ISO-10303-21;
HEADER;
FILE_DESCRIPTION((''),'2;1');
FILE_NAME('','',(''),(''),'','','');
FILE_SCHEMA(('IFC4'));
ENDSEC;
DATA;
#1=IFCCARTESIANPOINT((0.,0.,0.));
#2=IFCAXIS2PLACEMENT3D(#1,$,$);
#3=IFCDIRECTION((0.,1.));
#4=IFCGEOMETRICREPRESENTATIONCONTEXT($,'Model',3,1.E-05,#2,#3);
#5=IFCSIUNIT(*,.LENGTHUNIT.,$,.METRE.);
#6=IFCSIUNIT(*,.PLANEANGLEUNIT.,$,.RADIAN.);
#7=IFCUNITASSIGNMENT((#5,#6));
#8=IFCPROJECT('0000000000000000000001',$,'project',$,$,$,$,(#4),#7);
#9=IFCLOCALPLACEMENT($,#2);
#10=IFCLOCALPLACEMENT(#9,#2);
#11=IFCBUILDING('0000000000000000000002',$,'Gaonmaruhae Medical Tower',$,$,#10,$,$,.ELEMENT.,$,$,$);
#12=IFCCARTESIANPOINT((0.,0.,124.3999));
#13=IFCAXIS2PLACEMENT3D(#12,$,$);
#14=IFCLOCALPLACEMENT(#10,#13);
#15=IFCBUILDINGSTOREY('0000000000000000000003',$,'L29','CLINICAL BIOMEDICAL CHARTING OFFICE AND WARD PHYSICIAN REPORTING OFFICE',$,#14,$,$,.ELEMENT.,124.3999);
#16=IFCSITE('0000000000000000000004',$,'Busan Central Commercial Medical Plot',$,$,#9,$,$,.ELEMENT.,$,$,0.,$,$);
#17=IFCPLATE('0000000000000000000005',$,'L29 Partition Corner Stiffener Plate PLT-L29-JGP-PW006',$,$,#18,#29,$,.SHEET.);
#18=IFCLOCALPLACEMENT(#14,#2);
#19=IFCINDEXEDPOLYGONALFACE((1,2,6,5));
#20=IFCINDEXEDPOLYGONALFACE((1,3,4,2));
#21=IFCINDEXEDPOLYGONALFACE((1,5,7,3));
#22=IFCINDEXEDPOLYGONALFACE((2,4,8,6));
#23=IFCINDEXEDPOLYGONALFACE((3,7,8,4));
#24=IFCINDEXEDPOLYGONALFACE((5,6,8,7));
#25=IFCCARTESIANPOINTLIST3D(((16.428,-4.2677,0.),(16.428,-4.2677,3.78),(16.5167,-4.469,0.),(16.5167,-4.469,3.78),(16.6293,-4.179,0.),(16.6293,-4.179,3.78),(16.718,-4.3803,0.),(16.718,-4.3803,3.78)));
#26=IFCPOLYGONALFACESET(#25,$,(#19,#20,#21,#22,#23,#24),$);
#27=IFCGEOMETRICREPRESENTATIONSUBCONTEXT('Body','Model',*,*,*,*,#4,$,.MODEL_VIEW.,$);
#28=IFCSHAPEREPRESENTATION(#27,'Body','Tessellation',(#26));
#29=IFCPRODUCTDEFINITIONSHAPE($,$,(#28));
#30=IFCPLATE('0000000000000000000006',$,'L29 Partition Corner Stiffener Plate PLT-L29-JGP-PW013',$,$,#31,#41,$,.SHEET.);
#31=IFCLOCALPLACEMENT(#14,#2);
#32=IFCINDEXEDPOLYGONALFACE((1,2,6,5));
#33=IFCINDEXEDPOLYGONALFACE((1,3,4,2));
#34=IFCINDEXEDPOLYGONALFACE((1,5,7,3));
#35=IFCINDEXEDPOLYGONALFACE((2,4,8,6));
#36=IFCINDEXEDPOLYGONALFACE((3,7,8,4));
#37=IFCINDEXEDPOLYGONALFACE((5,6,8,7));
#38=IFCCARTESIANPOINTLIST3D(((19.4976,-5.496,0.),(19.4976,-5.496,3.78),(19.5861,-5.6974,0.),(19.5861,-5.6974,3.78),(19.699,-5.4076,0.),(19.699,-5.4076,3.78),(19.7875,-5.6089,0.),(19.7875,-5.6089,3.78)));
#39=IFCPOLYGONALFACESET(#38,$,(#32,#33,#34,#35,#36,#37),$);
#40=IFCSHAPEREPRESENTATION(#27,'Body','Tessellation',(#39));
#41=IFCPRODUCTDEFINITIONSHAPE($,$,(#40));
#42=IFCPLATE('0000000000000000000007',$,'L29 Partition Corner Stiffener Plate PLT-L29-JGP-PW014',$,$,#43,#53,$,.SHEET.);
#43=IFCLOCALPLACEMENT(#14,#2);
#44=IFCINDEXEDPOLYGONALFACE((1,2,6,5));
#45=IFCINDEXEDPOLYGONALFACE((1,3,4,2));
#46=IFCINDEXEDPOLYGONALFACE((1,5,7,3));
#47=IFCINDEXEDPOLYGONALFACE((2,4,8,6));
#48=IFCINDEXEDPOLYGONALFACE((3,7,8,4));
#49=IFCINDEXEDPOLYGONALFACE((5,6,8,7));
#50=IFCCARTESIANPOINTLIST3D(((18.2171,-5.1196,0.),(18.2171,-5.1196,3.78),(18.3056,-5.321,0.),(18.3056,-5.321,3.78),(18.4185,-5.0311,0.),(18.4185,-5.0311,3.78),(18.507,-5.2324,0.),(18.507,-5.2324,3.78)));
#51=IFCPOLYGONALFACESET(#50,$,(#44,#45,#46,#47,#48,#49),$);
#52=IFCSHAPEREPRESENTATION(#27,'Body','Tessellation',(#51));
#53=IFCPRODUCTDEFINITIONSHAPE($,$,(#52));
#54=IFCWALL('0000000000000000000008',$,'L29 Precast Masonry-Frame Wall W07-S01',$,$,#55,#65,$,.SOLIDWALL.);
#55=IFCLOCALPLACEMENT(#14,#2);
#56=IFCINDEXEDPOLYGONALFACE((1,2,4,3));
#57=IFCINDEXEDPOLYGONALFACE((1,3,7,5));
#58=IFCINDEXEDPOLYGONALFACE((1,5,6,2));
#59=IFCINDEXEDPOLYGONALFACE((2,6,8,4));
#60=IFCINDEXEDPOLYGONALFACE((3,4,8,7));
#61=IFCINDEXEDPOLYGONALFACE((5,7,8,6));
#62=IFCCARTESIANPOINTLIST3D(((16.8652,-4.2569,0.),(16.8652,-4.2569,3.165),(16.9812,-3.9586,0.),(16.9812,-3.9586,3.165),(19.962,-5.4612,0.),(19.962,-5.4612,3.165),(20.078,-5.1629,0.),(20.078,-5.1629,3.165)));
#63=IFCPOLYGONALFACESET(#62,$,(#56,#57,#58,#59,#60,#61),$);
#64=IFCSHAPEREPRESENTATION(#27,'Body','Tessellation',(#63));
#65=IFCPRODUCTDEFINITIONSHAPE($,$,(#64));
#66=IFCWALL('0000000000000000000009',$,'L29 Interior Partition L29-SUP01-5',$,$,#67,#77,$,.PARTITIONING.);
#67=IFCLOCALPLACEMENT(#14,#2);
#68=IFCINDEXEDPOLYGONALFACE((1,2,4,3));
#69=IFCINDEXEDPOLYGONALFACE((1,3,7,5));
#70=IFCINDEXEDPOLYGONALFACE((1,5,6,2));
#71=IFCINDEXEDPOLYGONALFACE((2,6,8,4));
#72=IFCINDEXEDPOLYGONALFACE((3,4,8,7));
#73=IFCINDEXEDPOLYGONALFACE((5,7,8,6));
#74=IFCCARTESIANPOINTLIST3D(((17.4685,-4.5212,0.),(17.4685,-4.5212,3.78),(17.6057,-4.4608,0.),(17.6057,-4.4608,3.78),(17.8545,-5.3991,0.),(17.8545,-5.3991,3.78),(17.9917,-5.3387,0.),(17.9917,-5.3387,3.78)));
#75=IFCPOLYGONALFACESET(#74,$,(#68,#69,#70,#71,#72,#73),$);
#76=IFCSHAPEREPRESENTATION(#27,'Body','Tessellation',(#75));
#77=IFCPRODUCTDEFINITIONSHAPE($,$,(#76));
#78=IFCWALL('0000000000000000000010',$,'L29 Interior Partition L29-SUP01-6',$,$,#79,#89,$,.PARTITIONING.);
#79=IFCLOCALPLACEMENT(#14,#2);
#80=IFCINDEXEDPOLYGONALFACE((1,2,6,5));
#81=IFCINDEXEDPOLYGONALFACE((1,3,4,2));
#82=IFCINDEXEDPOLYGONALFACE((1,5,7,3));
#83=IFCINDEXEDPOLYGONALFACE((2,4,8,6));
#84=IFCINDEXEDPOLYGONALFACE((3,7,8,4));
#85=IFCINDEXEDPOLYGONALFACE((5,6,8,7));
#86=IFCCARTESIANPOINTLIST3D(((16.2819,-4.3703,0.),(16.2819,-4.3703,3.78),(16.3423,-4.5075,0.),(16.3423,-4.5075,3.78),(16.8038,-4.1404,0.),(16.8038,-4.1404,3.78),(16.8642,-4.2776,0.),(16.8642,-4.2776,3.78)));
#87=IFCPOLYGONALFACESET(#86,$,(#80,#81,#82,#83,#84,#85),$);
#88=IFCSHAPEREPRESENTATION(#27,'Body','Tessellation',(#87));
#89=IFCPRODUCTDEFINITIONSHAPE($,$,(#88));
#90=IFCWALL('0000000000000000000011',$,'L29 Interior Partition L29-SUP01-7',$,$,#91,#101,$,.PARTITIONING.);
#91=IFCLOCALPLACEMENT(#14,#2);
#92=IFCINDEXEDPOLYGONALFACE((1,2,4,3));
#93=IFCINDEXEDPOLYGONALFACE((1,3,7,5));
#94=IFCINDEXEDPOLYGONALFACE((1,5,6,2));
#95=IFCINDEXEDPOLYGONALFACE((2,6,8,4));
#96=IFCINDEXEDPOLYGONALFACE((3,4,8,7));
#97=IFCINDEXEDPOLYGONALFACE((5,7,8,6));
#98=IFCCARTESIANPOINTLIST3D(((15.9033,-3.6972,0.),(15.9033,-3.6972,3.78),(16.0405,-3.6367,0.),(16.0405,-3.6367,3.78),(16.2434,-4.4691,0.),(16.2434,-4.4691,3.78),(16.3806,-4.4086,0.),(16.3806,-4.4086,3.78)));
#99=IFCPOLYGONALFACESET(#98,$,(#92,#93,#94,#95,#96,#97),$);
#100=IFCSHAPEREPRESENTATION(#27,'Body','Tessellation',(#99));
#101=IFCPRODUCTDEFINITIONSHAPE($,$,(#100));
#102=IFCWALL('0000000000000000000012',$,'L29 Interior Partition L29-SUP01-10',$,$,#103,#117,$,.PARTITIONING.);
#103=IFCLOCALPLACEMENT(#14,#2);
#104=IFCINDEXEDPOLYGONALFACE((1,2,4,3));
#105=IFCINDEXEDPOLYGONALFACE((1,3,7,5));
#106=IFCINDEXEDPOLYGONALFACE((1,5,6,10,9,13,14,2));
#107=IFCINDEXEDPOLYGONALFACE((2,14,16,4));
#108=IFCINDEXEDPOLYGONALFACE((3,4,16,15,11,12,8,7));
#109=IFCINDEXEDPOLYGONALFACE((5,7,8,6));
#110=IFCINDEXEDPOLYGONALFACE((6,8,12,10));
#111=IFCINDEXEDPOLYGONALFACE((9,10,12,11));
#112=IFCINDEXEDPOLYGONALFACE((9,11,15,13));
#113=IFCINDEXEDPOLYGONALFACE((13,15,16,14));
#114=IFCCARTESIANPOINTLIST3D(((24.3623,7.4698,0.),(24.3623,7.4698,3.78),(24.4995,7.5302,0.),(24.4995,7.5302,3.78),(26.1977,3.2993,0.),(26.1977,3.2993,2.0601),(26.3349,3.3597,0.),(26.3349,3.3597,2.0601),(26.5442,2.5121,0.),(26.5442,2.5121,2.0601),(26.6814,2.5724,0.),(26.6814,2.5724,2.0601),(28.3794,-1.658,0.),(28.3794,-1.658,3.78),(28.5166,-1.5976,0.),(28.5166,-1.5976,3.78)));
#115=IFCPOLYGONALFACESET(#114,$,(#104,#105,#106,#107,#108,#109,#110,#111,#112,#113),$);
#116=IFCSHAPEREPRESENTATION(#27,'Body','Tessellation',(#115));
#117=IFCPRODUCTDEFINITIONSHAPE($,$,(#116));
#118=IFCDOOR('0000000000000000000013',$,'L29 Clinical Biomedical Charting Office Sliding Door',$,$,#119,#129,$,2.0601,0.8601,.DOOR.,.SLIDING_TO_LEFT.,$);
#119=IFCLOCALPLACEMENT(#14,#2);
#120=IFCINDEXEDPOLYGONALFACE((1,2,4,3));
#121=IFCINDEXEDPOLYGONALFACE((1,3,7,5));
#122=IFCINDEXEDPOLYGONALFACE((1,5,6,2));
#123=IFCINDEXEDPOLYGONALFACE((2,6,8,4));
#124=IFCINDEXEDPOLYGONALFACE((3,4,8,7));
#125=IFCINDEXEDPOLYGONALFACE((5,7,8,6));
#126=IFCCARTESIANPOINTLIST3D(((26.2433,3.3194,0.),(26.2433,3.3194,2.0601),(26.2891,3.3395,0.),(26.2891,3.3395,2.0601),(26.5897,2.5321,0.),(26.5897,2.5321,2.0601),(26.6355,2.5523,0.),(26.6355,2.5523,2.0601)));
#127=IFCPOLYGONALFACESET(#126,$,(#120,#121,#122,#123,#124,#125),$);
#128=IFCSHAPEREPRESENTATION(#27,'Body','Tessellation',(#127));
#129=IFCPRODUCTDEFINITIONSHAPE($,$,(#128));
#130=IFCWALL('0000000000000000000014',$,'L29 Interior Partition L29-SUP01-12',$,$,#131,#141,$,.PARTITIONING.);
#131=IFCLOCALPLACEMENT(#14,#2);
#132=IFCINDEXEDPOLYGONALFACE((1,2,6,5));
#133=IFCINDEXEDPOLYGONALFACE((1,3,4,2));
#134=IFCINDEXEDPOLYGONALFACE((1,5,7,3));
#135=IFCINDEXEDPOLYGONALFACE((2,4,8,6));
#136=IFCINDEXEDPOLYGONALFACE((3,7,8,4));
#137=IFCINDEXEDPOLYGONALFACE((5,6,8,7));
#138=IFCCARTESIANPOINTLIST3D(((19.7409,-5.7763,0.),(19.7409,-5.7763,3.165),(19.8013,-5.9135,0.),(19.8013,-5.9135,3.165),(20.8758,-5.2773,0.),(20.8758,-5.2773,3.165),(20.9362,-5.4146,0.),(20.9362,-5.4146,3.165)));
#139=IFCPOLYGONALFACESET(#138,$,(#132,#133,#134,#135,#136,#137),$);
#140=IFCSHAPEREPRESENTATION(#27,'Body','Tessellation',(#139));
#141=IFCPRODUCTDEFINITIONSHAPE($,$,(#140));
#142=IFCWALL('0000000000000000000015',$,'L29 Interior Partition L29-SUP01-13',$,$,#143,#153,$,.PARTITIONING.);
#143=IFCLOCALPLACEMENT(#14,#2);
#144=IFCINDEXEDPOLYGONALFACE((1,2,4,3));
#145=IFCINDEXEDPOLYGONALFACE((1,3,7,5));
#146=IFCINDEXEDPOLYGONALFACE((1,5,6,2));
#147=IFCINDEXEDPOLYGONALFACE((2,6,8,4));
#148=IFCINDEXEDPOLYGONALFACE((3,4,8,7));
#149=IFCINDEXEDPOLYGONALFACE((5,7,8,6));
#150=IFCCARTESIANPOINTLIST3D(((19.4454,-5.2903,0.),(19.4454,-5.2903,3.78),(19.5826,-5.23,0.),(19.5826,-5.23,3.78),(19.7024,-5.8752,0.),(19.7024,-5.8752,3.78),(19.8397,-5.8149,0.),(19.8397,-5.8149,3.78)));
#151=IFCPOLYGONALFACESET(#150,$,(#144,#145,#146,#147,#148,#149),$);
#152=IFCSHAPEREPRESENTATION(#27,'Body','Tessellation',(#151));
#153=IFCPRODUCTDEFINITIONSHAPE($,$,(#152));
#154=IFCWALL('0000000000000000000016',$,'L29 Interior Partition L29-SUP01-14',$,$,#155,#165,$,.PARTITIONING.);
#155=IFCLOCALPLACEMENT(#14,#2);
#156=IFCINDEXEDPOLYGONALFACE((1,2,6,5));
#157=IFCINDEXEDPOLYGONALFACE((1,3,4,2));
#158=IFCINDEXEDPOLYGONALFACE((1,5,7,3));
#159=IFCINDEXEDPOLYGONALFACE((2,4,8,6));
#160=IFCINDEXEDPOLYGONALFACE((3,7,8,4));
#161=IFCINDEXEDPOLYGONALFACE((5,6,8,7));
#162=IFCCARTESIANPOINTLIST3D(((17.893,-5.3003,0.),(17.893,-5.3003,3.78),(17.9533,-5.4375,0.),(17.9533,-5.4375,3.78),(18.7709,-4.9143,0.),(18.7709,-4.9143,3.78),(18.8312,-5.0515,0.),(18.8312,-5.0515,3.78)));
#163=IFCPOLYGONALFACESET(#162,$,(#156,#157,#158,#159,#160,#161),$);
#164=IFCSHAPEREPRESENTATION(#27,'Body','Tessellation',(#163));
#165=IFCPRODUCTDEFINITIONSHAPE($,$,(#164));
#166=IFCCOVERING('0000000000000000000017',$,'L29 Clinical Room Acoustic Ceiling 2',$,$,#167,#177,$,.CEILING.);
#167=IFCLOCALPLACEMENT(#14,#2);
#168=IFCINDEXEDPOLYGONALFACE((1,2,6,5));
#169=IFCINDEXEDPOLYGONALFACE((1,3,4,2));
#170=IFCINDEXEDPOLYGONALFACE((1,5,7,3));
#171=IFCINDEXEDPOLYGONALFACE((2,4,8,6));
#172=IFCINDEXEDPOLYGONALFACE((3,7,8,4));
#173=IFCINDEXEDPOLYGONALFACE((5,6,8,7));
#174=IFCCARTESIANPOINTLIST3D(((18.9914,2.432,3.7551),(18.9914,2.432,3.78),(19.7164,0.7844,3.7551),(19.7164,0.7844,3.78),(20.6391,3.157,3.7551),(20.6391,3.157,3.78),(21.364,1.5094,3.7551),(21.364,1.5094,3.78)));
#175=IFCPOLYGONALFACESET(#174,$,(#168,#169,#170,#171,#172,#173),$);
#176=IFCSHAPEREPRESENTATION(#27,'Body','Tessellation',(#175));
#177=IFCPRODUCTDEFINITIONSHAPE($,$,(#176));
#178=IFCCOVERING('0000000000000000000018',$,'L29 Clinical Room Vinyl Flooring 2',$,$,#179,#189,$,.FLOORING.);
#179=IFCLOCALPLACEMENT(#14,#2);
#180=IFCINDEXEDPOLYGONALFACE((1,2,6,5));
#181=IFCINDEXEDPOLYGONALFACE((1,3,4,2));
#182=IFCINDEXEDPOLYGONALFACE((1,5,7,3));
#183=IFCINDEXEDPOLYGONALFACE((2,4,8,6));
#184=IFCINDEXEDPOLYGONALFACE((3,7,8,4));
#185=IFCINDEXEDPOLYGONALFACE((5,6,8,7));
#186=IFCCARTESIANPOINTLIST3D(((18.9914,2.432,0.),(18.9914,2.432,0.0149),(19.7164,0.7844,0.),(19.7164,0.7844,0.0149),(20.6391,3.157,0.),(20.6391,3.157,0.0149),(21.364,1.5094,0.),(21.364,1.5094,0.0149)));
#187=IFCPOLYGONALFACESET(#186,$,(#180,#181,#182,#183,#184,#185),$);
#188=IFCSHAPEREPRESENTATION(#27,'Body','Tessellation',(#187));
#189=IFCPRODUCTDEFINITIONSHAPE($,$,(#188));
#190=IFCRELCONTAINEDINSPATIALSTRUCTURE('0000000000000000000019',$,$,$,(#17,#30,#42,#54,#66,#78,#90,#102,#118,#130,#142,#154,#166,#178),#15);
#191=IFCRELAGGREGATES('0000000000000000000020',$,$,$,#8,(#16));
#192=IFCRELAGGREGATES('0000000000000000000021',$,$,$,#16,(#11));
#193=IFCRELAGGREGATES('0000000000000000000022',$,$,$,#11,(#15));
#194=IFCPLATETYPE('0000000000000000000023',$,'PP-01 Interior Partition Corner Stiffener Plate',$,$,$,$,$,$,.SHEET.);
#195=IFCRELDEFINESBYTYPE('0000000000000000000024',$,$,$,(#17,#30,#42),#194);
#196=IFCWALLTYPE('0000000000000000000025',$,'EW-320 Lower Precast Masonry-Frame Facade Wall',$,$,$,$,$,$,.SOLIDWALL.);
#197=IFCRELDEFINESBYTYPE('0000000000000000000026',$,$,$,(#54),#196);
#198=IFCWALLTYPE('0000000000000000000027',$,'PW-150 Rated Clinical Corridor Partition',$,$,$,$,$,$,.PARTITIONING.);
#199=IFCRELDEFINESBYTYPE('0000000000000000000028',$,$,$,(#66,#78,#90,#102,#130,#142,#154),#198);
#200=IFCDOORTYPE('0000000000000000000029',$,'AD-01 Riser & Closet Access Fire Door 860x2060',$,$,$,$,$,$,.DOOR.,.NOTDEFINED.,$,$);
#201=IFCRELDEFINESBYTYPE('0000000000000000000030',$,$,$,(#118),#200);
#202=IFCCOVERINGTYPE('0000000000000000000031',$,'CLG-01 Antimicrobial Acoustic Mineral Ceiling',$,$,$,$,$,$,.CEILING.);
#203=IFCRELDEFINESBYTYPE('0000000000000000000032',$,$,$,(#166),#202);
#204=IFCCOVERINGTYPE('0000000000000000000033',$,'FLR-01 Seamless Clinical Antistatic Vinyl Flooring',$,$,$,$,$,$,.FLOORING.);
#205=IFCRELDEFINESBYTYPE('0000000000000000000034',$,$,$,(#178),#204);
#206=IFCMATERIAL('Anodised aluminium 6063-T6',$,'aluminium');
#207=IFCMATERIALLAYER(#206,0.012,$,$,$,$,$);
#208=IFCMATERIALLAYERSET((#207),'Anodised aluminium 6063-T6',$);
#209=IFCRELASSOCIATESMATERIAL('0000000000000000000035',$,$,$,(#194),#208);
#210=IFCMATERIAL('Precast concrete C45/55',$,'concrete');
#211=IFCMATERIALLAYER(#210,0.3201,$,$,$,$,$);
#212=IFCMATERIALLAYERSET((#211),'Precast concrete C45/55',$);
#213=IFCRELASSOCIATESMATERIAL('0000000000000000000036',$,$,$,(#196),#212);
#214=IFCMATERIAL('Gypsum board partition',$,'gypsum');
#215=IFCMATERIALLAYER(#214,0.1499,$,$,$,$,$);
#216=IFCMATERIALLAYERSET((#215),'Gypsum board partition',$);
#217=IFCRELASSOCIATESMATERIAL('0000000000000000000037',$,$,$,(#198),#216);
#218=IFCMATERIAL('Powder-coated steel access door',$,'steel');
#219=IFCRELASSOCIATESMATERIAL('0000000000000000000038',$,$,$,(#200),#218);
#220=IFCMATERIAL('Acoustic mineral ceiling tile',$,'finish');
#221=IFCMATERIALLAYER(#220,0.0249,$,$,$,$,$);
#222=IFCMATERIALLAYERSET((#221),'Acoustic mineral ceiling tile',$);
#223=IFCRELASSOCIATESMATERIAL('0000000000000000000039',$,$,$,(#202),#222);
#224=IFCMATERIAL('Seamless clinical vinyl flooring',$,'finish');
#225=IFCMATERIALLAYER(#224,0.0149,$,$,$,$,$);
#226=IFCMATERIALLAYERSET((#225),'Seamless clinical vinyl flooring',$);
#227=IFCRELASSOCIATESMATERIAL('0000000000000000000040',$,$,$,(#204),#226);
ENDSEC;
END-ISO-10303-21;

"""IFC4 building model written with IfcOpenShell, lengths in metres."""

from ifc_helpers import new_model, si_unit, direction, frame, frame_2d, origin, origin_2d, place, context, subcontext, project, spatial, rectangle, extrude, material, layer, layer_set, type_object, element, fill, save


model = new_model("IFC4")

# Units and contexts
model_context = context("Model", 3, precision=1e-05, world=origin(), true_north=direction((0.0, 1.0)))
body_context = subcontext(model_context, "Body", "Model", "MODEL_VIEW")
ifc_project = project(units=[si_unit("LENGTHUNIT", "METRE"), si_unit("PLANEANGLEUNIT", "RADIAN")], contexts=[model_context])

# Site, building, storey
site_placement = place(None, origin())
site = spatial("IfcSite", under=ifc_project, at=site_placement, Name="Busan Central Commercial Medical Plot", CompositionType="ELEMENT", RefElevation=0.0)
building_placement = place(site_placement, origin())
building = spatial("IfcBuilding", under=site, at=building_placement, Name="Gaonmaruhae Medical Tower", CompositionType="ELEMENT")
storey_placement = place(building_placement, frame((0.0, 0.0, 124.3999)))
storey = spatial("IfcBuildingStorey", under=building, at=storey_placement, Name="L29", Description="CLINICAL BIOMEDICAL CHARTING OFFICE AND WARD PHYSICIAN REPORTING OFFICE", CompositionType="ELEMENT", Elevation=124.3999)

# Plates
ifc_material_1 = material(Name="Anodised aluminium 6063-T6", Category="aluminium")
ifc_layer_1 = layer(ifc_material_1, 0.012)
ifc_layer_set_1 = layer_set([ifc_layer_1], Name="Anodised aluminium 6063-T6")
plate_type = type_object("IfcPlateType", Name="PP-01 Interior Partition Corner Stiffener Plate", PredefinedType="SHEET", material=ifc_layer_set_1)
for number, where, z_axis, x_axis, name in (
    (1, (16.573, -4.324, 0.0), (0.0, 0.0, 1.0), (-0.915108, -0.40321, 0.0), "L29 Partition Corner Stiffener Plate PLT-L29-JGP-PW006"),
    (2, (19.6426, -5.5525, 0.0), (0.0, 0.0, 1.0), (-0.402219, 0.915543, 0.0), "L29 Partition Corner Stiffener Plate PLT-L29-JGP-PW013"),
    (3, (18.3621, -5.176, 0.0), (0.0, 0.0, 1.0), (-0.915438, -0.402459, 0.0), "L29 Partition Corner Stiffener Plate PLT-L29-JGP-PW014"),
):
    element("IfcPlate", number, at=place(storey_placement, frame(where, z_axis=z_axis, x_axis=x_axis)), inside=storey, type_object=plate_type, Name=name, PredefinedType="SHEET", context=body_context, shape_type="SweptSolid", body=[
        extrude(rectangle(XDim=0.22, YDim=0.22, at=origin_2d()), origin(), (0.0, 0.0, 1.0), 3.78),
    ])

# Walls
ifc_material_2 = material(Name="Precast concrete C45/55", Category="concrete")
ifc_layer_2 = layer(ifc_material_2, 0.3201)
ifc_layer_set_2 = layer_set([ifc_layer_2], Name="Precast concrete C45/55")
wall_type_1 = type_object("IfcWallType", Name="EW-320 Lower Precast Masonry-Frame Facade Wall", PredefinedType="SOLIDWALL", material=ifc_layer_set_2)
wall_1_placement = place(storey_placement, frame((20.02, -5.312, 0.0), z_axis=(0.0, 0.0, 1.0), x_axis=(-0.932006, 0.362443, 0.0)))
element("IfcWall", 4, at=wall_1_placement, inside=storey, type_object=wall_type_1, Name="L29 Precast Masonry-Frame Wall W07-S01", PredefinedType="SOLIDWALL", context=body_context, shape_type="SweptSolid", body=[
    extrude(rectangle(XDim=3.3228, YDim=0.3201, at=frame_2d((1.6614, 0.0))), origin(), (0.0, 0.0, 1.0), 3.165),
])
ifc_material_3 = material(Name="Gypsum board partition", Category="gypsum")
ifc_layer_3 = layer(ifc_material_3, 0.1499)
ifc_layer_set_3 = layer_set([ifc_layer_3], Name="Gypsum board partition")
wall_type_2 = type_object("IfcWallType", Name="PW-150 Rated Clinical Corridor Partition", PredefinedType="PARTITIONING", material=ifc_layer_set_3)
wall_2_placement = place(storey_placement, frame((17.9231, -5.3689, 0.0), z_axis=(0.0, 0.0, 1.0), x_axis=(-0.402474, 0.915431, 0.0)))
element("IfcWall", 5, at=wall_2_placement, inside=storey, type_object=wall_type_2, Name="L29 Interior Partition L29-SUP01-5", PredefinedType="PARTITIONING", context=body_context, shape_type="SweptSolid", body=[
    extrude(rectangle(XDim=0.959, YDim=0.1499, at=frame_2d((0.4795, 0.0))), origin(), (0.0, 0.0, 1.0), 3.78),
])
wall_3_placement = place(storey_placement, frame((16.834, -4.209, 0.0), z_axis=(0.0, 0.0, 1.0), x_axis=(-0.915113, -0.403198, 0.0)))
element("IfcWall", 6, at=wall_3_placement, inside=storey, type_object=wall_type_2, Name="L29 Interior Partition L29-SUP01-6", PredefinedType="PARTITIONING", context=body_context, shape_type="SweptSolid", body=[
    extrude(rectangle(XDim=0.5703, YDim=0.1499, at=frame_2d((0.2852, 0.0))), origin(), (0.0, 0.0, 1.0), 3.78),
])
wall_4_placement = place(storey_placement, frame((16.312, -4.439, 0.0), z_axis=(0.0, 0.0, 1.0), x_axis=(-0.403156, 0.915131, 0.0)))
element("IfcWall", 7, at=wall_4_placement, inside=storey, type_object=wall_type_2, Name="L29 Interior Partition L29-SUP01-7", PredefinedType="PARTITIONING", context=body_context, shape_type="SweptSolid", body=[
    extrude(rectangle(XDim=0.8435, YDim=0.1499, at=frame_2d((0.4219, 0.0))), origin(), (0.0, 0.0, 1.0), 3.78),
])

# Wall, opening, door
wall_5_placement = place(storey_placement, frame((24.4309, 7.5, 0.0), z_axis=(0.0, 0.0, 1.0), x_axis=(0.402806, -0.915285, 0.0)))
wall_5 = element("IfcWall", 8, at=wall_5_placement, inside=storey, type_object=wall_type_2, Name="L29 Interior Partition L29-SUP01-10", PredefinedType="PARTITIONING", context=body_context, shape_type="SweptSolid", body=[
    extrude(rectangle(XDim=9.9727, YDim=0.1499, at=frame_2d((4.9863, 0.0))), origin(), (0.0, 0.0, 1.0), 3.78),
])
opening_placement = place(wall_5_placement, frame((4.5564, 0.0, 0.0)))
opening = element("IfcOpeningElement", 9, at=opening_placement, cuts=wall_5, PredefinedType="OPENING", context=body_context, shape_type="SweptSolid", body=[
    extrude(rectangle(XDim=0.8601, YDim=2.0601, at=frame_2d((0.4302, 1.03))), frame((0.0, 0.085, 0.0), z_axis=(0.0, -1.0, 0.0), x_axis=(1.0, 0.0, 0.0)), (0.0, 0.0, 1.0), 0.1699),
])
ifc_material_4 = material(Name="Powder-coated steel access door", Category="steel")
door_type = type_object("IfcDoorType", Name="AD-01 Riser & Closet Access Fire Door 860x2060", OperationType="NOTDEFINED", PredefinedType="DOOR", material=ifc_material_4)
door_placement = place(opening_placement, origin())
door = element("IfcDoor", 10, at=door_placement, inside=storey, type_object=door_type, Name="L29 Clinical Biomedical Charting Office Sliding Door", OperationType="SLIDING_TO_LEFT", OverallHeight=2.0601, OverallWidth=0.8601, PredefinedType="DOOR", context=body_context, shape_type="SweptSolid", body=[
    extrude(rectangle(XDim=0.8601, YDim=2.0601, at=frame_2d((0.4302, 1.03))), frame((0.0, 0.0249, 0.0), z_axis=(0.0, -1.0, 0.0), x_axis=(1.0, 0.0, 0.0)), (0.0, 0.0, 1.0), 0.05),
])
fill(opening, door)

# Walls
wall_6_placement = place(storey_placement, frame((20.906, -5.3459, 0.0), z_axis=(0.0, 0.0, 1.0), x_axis=(-0.915428, -0.402481, 0.0)))
element("IfcWall", 11, at=wall_6_placement, inside=storey, type_object=wall_type_2, Name="L29 Interior Partition L29-SUP01-12", PredefinedType="PARTITIONING", context=body_context, shape_type="SweptSolid", body=[
    extrude(rectangle(XDim=1.2397, YDim=0.1499, at=frame_2d((0.6199, 0.0))), origin(), (0.0, 0.0, 1.0), 3.165),
])
wall_7_placement = place(storey_placement, frame((19.771, -5.845, 0.0), z_axis=(0.0, 0.0, 1.0), x_axis=(-0.402342, 0.91549, 0.0)))
element("IfcWall", 12, at=wall_7_placement, inside=storey, type_object=wall_type_2, Name="L29 Interior Partition L29-SUP01-13", PredefinedType="PARTITIONING", context=body_context, shape_type="SweptSolid", body=[
    extrude(rectangle(XDim=0.6389, YDim=0.1499, at=frame_2d((0.3193, 0.0))), origin(), (0.0, 0.0, 1.0), 3.78),
])
wall_8_placement = place(storey_placement, frame((18.801, -4.9829, 0.0), z_axis=(0.0, 0.0, 1.0), x_axis=(-0.915431, -0.402474, 0.0)))
element("IfcWall", 13, at=wall_8_placement, inside=storey, type_object=wall_type_2, Name="L29 Interior Partition L29-SUP01-14", PredefinedType="PARTITIONING", context=body_context, shape_type="SweptSolid", body=[
    extrude(rectangle(XDim=0.959, YDim=0.1499, at=frame_2d((0.4795, 0.0))), origin(), (0.0, 0.0, 1.0), 3.78),
])

# Coverings
ifc_material_5 = material(Name="Acoustic mineral ceiling tile", Category="finish")
ifc_layer_4 = layer(ifc_material_5, 0.0249)
ifc_layer_set_4 = layer_set([ifc_layer_4], Name="Acoustic mineral ceiling tile")
covering_type_1 = type_object("IfcCoveringType", Name="CLG-01 Antimicrobial Acoustic Mineral Ceiling", PredefinedType="CEILING", material=ifc_layer_set_4)
covering_1_placement = place(storey_placement, frame((20.1777, 1.9707, 3.7551), z_axis=(0.0, 0.0, 1.0), x_axis=(0.915311, 0.402747, 0.0)))
element("IfcCovering", 14, at=covering_1_placement, inside=storey, type_object=covering_type_1, Name="L29 Clinical Room Acoustic Ceiling 2", PredefinedType="CEILING", context=body_context, shape_type="SweptSolid", body=[
    extrude(rectangle(XDim=1.8, YDim=1.8, at=origin_2d()), origin(), (0.0, 0.0, 1.0), 0.0249),
])
ifc_material_6 = material(Name="Seamless clinical vinyl flooring", Category="finish")
ifc_layer_5 = layer(ifc_material_6, 0.0149)
ifc_layer_set_5 = layer_set([ifc_layer_5], Name="Seamless clinical vinyl flooring")
covering_type_2 = type_object("IfcCoveringType", Name="FLR-01 Seamless Clinical Antistatic Vinyl Flooring", PredefinedType="FLOORING", material=ifc_layer_set_5)
covering_2_placement = place(storey_placement, frame((20.1777, 1.9707, 0.0), z_axis=(0.0, 0.0, 1.0), x_axis=(0.915311, 0.402747, 0.0)))
element("IfcCovering", 15, at=covering_2_placement, inside=storey, type_object=covering_type_2, Name="L29 Clinical Room Vinyl Flooring 2", PredefinedType="FLOORING", context=body_context, shape_type="SweptSolid", body=[
    extrude(rectangle(XDim=1.8, YDim=1.8, at=origin_2d()), origin(), (0.0, 0.0, 1.0), 0.0149),
])

save(model, "model.ifc")
